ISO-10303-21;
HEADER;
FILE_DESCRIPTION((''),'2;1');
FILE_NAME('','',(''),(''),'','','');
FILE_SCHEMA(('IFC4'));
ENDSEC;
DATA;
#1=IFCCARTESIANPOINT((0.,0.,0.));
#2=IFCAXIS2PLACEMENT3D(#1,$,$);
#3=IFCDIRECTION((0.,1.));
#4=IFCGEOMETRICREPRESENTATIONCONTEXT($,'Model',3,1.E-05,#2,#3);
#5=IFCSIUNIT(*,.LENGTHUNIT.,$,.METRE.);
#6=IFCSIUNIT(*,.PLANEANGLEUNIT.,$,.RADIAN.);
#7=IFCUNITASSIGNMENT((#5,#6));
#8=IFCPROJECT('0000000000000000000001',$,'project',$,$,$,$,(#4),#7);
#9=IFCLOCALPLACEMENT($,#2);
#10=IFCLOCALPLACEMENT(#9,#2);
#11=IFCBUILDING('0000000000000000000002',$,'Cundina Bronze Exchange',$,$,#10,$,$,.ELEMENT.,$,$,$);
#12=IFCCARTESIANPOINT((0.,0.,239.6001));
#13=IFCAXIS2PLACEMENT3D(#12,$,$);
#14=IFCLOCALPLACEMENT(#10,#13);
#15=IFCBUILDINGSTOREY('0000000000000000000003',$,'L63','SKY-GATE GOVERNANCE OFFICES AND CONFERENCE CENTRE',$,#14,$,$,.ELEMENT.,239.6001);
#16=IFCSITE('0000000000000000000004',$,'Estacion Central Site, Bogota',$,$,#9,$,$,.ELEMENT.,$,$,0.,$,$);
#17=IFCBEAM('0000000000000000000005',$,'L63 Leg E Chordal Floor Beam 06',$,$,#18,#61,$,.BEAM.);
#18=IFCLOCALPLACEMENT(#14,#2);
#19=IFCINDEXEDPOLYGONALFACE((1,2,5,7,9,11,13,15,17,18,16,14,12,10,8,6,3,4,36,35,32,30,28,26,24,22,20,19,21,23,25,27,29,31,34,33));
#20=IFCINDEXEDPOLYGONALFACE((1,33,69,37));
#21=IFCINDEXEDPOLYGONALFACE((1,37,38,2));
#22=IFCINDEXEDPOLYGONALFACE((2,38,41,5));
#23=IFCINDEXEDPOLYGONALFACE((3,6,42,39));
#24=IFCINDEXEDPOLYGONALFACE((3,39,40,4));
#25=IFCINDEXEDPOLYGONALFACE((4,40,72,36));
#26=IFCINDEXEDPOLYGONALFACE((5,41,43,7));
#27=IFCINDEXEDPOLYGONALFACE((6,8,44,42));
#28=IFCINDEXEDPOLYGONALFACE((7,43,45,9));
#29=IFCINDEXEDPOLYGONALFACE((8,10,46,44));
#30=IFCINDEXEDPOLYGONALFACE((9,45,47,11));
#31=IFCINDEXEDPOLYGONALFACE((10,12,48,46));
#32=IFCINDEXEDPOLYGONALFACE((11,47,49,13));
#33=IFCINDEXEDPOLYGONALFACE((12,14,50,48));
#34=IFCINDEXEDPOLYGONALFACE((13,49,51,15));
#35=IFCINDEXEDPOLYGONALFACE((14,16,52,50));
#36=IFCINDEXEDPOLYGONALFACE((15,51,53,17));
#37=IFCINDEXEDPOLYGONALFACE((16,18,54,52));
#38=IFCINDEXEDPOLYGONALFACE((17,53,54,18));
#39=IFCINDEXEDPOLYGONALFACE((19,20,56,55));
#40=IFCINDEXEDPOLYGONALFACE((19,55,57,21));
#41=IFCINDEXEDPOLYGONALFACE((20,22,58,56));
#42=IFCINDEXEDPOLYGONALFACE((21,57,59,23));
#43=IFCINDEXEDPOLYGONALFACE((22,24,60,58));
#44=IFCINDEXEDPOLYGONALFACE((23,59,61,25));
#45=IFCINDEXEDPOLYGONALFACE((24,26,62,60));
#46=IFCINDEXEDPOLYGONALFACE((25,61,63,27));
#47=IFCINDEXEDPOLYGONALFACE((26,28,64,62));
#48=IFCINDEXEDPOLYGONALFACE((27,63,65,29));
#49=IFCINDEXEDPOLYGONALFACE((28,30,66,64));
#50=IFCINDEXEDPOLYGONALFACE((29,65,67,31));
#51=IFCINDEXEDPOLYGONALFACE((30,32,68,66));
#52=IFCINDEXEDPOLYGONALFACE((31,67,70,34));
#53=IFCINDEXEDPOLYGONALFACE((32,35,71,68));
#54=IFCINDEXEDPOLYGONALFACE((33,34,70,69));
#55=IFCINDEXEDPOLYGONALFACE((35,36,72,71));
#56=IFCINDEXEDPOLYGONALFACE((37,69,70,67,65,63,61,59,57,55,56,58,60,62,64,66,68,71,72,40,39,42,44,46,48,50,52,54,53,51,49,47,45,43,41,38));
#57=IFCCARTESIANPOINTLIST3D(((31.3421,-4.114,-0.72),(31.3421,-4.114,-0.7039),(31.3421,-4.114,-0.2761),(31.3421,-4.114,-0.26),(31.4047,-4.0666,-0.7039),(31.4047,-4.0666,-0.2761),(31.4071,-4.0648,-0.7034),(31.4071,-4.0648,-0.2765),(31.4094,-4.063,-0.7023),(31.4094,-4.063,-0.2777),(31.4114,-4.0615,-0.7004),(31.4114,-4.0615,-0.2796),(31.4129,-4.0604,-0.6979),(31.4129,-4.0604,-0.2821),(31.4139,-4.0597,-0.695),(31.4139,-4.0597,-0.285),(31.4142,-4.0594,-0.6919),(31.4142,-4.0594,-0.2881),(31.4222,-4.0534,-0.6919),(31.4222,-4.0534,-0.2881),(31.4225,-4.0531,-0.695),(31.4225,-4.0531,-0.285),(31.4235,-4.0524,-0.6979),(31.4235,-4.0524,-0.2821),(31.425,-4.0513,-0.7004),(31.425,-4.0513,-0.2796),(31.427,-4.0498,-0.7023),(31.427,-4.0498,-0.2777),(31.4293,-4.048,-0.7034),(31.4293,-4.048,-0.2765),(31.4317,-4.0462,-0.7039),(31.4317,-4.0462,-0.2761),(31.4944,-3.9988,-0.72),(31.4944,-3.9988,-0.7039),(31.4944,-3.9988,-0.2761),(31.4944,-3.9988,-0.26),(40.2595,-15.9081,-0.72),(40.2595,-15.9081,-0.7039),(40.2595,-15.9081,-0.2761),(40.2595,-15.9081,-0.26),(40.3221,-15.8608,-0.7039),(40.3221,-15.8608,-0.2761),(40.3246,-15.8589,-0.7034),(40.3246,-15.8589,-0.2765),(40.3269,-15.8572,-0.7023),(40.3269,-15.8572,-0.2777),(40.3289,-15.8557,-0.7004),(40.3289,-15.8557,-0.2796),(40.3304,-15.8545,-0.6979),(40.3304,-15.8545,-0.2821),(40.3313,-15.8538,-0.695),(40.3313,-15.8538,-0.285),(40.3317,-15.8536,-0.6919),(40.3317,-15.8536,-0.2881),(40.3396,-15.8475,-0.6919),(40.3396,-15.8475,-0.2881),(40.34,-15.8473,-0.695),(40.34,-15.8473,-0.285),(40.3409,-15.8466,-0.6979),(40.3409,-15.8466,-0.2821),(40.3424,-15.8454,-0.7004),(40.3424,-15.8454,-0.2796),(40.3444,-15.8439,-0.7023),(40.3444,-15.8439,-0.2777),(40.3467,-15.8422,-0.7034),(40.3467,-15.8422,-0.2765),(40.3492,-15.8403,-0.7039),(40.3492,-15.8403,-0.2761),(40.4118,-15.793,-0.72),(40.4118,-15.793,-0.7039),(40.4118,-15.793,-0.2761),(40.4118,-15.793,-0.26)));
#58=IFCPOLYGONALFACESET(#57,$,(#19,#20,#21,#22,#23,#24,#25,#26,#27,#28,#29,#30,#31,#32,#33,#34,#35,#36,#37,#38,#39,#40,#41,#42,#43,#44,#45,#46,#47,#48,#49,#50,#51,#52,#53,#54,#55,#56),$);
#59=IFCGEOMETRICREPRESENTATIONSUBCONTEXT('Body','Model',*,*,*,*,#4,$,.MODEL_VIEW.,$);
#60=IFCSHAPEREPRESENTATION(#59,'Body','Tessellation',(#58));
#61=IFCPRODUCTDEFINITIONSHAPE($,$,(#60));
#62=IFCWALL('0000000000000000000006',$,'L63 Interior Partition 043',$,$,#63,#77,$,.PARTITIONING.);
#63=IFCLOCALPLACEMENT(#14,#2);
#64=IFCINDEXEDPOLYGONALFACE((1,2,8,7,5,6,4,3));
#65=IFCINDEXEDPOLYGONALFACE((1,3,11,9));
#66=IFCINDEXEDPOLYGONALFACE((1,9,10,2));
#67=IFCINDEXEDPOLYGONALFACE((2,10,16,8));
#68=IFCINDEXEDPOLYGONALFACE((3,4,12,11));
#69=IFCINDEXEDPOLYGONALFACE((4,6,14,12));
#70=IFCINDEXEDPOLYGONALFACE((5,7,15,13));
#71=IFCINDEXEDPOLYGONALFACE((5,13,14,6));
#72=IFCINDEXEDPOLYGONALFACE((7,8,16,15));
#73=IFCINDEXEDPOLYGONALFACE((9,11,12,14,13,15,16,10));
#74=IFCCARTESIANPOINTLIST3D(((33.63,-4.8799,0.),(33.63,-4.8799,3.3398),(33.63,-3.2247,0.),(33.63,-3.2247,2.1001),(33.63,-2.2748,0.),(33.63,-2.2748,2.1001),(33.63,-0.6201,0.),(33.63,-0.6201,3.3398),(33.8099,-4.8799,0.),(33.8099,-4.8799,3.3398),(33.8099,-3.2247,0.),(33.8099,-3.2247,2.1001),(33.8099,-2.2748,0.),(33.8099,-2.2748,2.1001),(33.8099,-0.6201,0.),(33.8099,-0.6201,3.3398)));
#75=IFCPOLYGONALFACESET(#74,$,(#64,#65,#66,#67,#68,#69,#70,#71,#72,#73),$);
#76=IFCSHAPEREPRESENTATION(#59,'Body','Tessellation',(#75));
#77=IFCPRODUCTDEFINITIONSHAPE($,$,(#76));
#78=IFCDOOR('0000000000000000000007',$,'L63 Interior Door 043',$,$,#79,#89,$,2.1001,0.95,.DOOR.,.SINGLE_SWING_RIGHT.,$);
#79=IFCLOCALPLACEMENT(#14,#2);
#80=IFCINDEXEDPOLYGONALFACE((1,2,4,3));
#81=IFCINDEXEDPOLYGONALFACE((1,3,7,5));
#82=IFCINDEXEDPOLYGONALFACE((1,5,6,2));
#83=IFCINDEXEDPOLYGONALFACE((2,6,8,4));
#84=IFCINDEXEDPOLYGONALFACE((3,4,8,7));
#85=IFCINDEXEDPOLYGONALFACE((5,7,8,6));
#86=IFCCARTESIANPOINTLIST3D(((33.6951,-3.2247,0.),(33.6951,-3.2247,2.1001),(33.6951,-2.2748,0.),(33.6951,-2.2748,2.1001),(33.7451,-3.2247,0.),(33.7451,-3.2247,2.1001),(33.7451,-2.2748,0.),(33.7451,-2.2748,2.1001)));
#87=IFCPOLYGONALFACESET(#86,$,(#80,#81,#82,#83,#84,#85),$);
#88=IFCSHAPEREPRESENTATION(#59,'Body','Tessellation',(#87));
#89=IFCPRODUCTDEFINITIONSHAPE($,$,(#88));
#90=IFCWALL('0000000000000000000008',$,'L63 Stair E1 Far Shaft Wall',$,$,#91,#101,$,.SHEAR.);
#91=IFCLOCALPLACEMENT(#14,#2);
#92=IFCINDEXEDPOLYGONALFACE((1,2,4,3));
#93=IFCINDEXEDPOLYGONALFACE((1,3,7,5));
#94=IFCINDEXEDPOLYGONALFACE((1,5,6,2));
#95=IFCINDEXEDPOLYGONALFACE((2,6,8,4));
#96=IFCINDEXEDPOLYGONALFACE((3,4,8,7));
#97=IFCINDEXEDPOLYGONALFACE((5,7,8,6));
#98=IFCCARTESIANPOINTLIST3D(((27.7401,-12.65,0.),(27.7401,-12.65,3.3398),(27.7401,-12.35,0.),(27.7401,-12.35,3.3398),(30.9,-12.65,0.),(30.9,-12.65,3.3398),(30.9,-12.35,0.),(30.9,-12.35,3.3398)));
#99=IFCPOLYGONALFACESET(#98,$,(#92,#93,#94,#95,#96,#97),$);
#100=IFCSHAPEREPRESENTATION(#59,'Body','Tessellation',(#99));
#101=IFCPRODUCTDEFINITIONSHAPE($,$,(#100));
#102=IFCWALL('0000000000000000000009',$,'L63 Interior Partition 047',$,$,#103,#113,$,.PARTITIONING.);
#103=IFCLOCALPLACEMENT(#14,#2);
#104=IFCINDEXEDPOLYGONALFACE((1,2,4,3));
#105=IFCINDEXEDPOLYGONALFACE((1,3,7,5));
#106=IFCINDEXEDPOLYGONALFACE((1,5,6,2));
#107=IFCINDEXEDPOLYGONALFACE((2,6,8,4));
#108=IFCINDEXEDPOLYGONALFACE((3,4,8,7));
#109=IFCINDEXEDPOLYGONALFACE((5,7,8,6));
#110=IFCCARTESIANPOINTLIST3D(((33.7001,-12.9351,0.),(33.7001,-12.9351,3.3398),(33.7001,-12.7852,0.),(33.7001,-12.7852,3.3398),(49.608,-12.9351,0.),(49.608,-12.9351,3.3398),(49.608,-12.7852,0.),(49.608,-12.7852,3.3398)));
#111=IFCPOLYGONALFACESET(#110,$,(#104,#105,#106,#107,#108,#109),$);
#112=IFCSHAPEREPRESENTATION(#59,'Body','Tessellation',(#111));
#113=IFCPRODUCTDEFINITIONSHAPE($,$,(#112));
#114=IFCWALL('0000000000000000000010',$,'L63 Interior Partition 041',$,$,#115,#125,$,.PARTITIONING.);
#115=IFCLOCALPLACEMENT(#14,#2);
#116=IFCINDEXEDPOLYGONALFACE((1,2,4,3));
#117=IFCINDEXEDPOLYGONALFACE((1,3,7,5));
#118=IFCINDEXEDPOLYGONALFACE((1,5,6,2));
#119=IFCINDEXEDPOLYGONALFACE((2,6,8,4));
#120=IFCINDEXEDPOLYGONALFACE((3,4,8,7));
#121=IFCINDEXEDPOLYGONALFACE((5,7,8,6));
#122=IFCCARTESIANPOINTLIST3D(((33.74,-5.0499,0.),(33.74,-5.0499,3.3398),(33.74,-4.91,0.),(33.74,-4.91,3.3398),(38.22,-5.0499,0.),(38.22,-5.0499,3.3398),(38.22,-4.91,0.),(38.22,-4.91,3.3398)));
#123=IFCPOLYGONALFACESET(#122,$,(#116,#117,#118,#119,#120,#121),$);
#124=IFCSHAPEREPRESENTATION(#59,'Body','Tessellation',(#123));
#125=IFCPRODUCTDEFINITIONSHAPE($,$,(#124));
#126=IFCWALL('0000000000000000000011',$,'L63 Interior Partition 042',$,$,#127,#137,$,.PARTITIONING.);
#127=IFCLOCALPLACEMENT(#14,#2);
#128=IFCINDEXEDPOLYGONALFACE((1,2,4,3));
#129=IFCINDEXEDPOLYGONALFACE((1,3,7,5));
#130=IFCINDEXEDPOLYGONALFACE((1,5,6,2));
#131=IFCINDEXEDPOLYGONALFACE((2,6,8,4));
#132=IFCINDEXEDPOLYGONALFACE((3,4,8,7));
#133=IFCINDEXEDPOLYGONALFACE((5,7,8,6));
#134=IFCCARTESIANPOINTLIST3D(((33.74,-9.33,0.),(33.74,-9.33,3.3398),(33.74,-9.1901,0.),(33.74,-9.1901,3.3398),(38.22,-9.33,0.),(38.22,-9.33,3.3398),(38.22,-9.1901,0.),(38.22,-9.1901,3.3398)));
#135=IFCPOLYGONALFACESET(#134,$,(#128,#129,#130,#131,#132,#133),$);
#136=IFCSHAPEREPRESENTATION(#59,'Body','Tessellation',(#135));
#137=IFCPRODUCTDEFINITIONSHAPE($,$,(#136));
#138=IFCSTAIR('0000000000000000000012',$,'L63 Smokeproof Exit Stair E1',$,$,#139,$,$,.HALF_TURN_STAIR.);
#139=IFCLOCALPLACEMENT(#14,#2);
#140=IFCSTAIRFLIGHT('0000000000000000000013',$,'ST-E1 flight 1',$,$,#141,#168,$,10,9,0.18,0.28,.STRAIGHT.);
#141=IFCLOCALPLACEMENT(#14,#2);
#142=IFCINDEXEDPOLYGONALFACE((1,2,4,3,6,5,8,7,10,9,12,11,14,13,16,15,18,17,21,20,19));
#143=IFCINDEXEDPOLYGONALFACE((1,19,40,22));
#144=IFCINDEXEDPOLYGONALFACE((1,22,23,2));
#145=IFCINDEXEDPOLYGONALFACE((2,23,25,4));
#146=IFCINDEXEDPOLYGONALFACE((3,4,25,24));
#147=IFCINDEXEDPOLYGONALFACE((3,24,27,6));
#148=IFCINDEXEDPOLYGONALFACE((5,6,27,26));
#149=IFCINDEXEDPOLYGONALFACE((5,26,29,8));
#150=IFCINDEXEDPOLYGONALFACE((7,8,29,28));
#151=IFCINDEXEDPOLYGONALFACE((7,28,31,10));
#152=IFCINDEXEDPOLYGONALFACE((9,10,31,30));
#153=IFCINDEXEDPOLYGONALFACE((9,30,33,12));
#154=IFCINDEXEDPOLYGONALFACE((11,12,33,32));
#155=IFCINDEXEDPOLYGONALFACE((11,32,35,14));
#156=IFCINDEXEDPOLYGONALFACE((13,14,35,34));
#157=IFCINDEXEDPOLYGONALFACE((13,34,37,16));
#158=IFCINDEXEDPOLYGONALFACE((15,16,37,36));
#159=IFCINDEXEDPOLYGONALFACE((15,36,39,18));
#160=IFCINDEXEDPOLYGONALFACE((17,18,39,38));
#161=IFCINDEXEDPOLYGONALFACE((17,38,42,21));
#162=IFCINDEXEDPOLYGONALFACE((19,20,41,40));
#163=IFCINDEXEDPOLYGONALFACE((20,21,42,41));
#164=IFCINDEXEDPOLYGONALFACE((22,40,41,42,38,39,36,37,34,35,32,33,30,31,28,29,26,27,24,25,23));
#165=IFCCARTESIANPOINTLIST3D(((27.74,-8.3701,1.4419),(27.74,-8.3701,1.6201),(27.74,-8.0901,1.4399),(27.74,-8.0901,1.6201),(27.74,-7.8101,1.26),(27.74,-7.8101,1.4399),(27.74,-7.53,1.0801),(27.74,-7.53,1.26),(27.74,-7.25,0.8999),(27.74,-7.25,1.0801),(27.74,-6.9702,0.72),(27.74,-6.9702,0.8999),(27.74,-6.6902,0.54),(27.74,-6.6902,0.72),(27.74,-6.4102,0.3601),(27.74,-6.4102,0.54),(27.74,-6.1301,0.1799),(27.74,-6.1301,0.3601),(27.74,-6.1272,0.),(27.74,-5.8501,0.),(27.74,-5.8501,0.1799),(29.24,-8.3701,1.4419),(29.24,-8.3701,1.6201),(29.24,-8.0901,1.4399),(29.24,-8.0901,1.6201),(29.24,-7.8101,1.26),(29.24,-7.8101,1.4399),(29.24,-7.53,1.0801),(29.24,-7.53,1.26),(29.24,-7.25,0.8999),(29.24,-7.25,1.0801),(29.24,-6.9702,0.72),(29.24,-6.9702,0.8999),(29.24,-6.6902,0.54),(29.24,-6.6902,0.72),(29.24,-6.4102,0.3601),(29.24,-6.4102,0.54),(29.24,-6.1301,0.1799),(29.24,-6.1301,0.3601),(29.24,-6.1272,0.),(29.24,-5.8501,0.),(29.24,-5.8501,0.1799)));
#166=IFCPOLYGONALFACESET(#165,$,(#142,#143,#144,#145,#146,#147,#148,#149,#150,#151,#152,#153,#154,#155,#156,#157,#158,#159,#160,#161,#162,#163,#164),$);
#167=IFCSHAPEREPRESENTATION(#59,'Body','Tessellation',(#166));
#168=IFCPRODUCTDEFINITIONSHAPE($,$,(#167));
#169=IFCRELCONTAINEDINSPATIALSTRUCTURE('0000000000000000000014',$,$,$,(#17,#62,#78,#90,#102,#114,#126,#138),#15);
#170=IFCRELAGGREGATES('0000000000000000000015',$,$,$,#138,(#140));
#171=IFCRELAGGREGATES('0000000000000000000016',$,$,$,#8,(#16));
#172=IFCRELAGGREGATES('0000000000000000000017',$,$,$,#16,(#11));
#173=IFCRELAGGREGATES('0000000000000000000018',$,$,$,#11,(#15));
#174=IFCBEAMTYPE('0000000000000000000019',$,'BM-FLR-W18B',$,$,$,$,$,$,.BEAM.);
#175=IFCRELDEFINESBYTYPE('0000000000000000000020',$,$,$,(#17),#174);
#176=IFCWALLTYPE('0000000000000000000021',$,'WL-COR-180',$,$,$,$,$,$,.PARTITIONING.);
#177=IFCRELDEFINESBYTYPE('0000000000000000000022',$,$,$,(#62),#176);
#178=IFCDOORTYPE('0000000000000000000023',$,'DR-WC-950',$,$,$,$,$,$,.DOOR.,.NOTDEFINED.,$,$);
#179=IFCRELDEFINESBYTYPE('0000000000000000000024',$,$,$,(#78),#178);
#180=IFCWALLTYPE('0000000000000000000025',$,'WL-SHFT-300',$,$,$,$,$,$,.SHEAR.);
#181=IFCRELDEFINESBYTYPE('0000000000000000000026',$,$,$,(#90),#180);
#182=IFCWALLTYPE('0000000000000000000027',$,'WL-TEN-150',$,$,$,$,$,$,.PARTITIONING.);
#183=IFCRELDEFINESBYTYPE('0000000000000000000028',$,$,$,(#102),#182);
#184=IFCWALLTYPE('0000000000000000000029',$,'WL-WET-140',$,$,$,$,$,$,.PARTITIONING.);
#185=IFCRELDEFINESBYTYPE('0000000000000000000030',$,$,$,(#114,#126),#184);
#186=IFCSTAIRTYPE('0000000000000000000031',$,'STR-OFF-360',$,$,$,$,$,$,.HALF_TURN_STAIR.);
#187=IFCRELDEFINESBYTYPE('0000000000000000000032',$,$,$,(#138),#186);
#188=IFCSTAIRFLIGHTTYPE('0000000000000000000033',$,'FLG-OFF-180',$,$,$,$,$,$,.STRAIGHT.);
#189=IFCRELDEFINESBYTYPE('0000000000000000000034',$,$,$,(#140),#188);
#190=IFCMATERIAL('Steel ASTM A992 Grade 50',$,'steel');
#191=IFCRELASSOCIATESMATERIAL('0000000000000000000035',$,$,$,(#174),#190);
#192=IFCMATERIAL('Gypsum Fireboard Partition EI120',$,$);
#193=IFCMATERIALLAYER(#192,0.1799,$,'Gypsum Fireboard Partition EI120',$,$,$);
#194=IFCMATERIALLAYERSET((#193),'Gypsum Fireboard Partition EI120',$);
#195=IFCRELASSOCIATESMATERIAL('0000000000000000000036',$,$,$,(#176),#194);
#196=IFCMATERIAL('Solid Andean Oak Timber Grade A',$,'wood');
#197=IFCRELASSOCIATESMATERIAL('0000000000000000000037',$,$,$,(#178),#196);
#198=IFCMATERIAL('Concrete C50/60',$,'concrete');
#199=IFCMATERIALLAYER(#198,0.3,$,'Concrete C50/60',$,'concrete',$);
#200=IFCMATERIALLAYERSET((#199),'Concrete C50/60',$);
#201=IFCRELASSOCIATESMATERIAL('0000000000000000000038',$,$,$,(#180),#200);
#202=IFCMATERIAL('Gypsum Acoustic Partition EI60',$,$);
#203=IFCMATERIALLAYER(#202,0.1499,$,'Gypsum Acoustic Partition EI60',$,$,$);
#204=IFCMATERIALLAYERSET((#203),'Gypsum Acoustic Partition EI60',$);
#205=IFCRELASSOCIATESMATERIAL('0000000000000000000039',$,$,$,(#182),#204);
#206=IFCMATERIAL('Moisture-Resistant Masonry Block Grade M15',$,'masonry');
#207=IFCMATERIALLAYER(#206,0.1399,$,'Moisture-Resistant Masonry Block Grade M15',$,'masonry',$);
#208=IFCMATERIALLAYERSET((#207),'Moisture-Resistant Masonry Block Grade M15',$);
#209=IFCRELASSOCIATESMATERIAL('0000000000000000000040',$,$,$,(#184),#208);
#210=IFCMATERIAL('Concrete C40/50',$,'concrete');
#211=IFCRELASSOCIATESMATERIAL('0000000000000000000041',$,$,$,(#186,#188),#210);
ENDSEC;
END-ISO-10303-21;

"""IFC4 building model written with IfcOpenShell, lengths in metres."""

from ifc_helpers import new_model, si_unit, direction, frame, frame_2d, origin, origin_2d, place, context, subcontext, project, spatial, polyline, rectangle, i_section, outline, extrude, material, layer, layer_set, material_profile, profile_set, type_object, element, fill, aggregate, save


model = new_model("IFC4")

# Units and contexts
model_context = context("Model", 3, precision=1e-05, world=origin(), true_north=direction((0.0, 1.0)))
body_context = subcontext(model_context, "Body", "Model", "MODEL_VIEW")
ifc_project = project(units=[si_unit("LENGTHUNIT", "METRE"), si_unit("PLANEANGLEUNIT", "RADIAN")], contexts=[model_context])

# Site, building, storey
site_placement = place(None, origin())
site = spatial("IfcSite", under=ifc_project, at=site_placement, Name="Estacion Central Site, Bogota", CompositionType="ELEMENT", RefElevation=0.0)
building_placement = place(site_placement, origin())
building = spatial("IfcBuilding", under=site, at=building_placement, Name="Cundina Bronze Exchange", CompositionType="ELEMENT")
storey_placement = place(building_placement, frame((0.0, 0.0, 239.6001)))
storey = spatial("IfcBuildingStorey", under=building, at=storey_placement, Name="L63", Description="SKY-GATE GOVERNANCE OFFICES AND CONFERENCE CENTRE", CompositionType="ELEMENT", Elevation=239.6001)

# Beam
ifc_material_1 = material(Name="Steel ASTM A992 Grade 50", Category="steel")
ifc_material_profile = material_profile(ifc_material_1, i_section(OverallWidth=0.1909, OverallDepth=0.46, WebThickness=0.01, FlangeThickness=0.0161, FilletRadius=0.012, at=origin_2d()), Name="W18X55", Category="steel")
ifc_profile_set = profile_set([ifc_material_profile], Name="Steel ASTM A992 Grade 50")
beam_type = type_object("IfcBeamType", Name="BM-FLR-W18B", PredefinedType="BEAM", material=ifc_profile_set)
beam_placement = place(storey_placement, frame((31.4182, -4.0564, -0.49), z_axis=(0.603105, -0.797662, 0.0), x_axis=(0.797662, 0.603105, 0.0)))
element("IfcBeam", 1, at=beam_placement, inside=storey, type_object=beam_type, Name="L63 Leg E Chordal Floor Beam 06", PredefinedType="BEAM", context=body_context, shape_type="SweptSolid", body=[
    extrude(i_section(OverallWidth=0.1909, OverallDepth=0.46, WebThickness=0.01, FlangeThickness=0.0161, FilletRadius=0.012, at=origin_2d()), origin(), (0.0, 0.0, 1.0), 14.7859),
])

# Wall, opening, door
ifc_material_2 = material(Name="Gypsum Fireboard Partition EI120")
ifc_layer_1 = layer(ifc_material_2, 0.1799, Name="Gypsum Fireboard Partition EI120")
ifc_layer_set_1 = layer_set([ifc_layer_1], Name="Gypsum Fireboard Partition EI120")
wall_type_1 = type_object("IfcWallType", Name="WL-COR-180", PredefinedType="PARTITIONING", material=ifc_layer_set_1)
wall_1_placement = place(storey_placement, frame((33.72, -4.8799, 0.0), z_axis=(0.0, 0.0, 1.0), x_axis=(0.0, 1.0, 0.0)))
wall_1 = element("IfcWall", 2, at=wall_1_placement, inside=storey, type_object=wall_type_1, Name="L63 Interior Partition 043", PredefinedType="PARTITIONING", context=body_context, shape_type="SweptSolid", body=[
    extrude(rectangle(XDim=4.2598, YDim=0.1799, at=frame_2d((2.1299, 0.0))), origin(), (0.0, 0.0, 1.0), 3.3398),
])
opening_1_placement = place(wall_1_placement, frame((1.655, 0.0, 0.0)))
opening_1 = element("IfcOpeningElement", 3, at=opening_1_placement, cuts=wall_1, PredefinedType="OPENING", context=body_context, shape_type="SweptSolid", body=[
    extrude(rectangle(XDim=0.95, YDim=2.1001, at=frame_2d((0.4751, 1.05))), frame((0.0, 0.0999, 0.0), z_axis=(0.0, -1.0, 0.0), x_axis=(1.0, 0.0, 0.0)), (0.0, 0.0, 1.0), 0.2),
])
ifc_material_3 = material(Name="Solid Andean Oak Timber Grade A", Category="wood")
door_type_1 = type_object("IfcDoorType", Name="DR-WC-950", OperationType="NOTDEFINED", PredefinedType="DOOR", material=ifc_material_3)
door_1_placement = place(opening_1_placement, origin())
door_1 = element("IfcDoor", 4, at=door_1_placement, inside=storey, type_object=door_type_1, Name="L63 Interior Door 043", OperationType="SINGLE_SWING_RIGHT", OverallHeight=2.1001, OverallWidth=0.95, PredefinedType="DOOR", context=body_context, shape_type="SweptSolid", body=[
    extrude(rectangle(XDim=0.95, YDim=2.1001, at=frame_2d((0.4751, 1.05))), frame((0.0, 0.0249, 0.0), z_axis=(0.0, -1.0, 0.0), x_axis=(1.0, 0.0, 0.0)), (0.0, 0.0, 1.0), 0.05),
])
fill(opening_1, door_1)
ifc_material_4 = material(Name="Concrete C50/60", Category="concrete")
ifc_layer_2 = layer(ifc_material_4, 0.3, Name="Concrete C50/60", Category="concrete")
ifc_layer_set_2 = layer_set([ifc_layer_2], Name="Concrete C50/60")
wall_type_2 = type_object("IfcWallType", Name="WL-SHFT-300", PredefinedType="SHEAR", material=ifc_layer_set_2)

# Walls
wall_2_placement = place(storey_placement, frame((27.74, -12.5, 0.0), z_axis=(0.0, 0.0, 1.0), x_axis=(1.0, 0.0, 0.0)))
element("IfcWall", 5, at=wall_2_placement, inside=storey, type_object=wall_type_2, Name="L63 Stair E1 Far Shaft Wall", PredefinedType="SHEAR", context=body_context, shape_type="SweptSolid", body=[
    extrude(rectangle(XDim=3.1599, YDim=0.3, at=frame_2d((1.5801, 0.0))), origin(), (0.0, 0.0, 1.0), 3.3398),
])
ifc_material_5 = material(Name="Gypsum Acoustic Partition EI60")
ifc_layer_3 = layer(ifc_material_5, 0.1499, Name="Gypsum Acoustic Partition EI60")
ifc_layer_set_3 = layer_set([ifc_layer_3], Name="Gypsum Acoustic Partition EI60")
wall_type_3 = type_object("IfcWallType", Name="WL-TEN-150", PredefinedType="PARTITIONING", material=ifc_layer_set_3)
wall_3_placement = place(storey_placement, frame((33.7, -12.8601, 0.0), z_axis=(0.0, 0.0, 1.0), x_axis=(1.0, 0.0, 0.0)))
element("IfcWall", 6, at=wall_3_placement, inside=storey, type_object=wall_type_3, Name="L63 Interior Partition 047", PredefinedType="PARTITIONING", context=body_context, shape_type="SweptSolid", body=[
    extrude(rectangle(XDim=15.908, YDim=0.1499, at=frame_2d((7.9541, 0.0))), origin(), (0.0, 0.0, 1.0), 3.3398),
])
ifc_material_6 = material(Name="Moisture-Resistant Masonry Block Grade M15", Category="masonry")
ifc_layer_4 = layer(ifc_material_6, 0.1399, Name="Moisture-Resistant Masonry Block Grade M15", Category="masonry")
ifc_layer_set_4 = layer_set([ifc_layer_4], Name="Moisture-Resistant Masonry Block Grade M15")
wall_type_4 = type_object("IfcWallType", Name="WL-WET-140", PredefinedType="PARTITIONING", material=ifc_layer_set_4)
for number, where, z_axis, x_axis, name in (
    (7, (33.74, -4.98, 0.0), (0.0, 0.0, 1.0), (1.0, 0.0, 0.0), "L63 Interior Partition 041"),
    (8, (33.74, -9.26, 0.0), (0.0, 0.0, 1.0), (1.0, 0.0, 0.0), "L63 Interior Partition 042"),
):
    element("IfcWall", number, at=place(storey_placement, frame(where, z_axis=z_axis, x_axis=x_axis)), inside=storey, type_object=wall_type_4, Name=name, PredefinedType="PARTITIONING", context=body_context, shape_type="SweptSolid", body=[
        extrude(rectangle(XDim=4.48, YDim=0.1399, at=frame_2d((2.24, 0.0))), origin(), (0.0, 0.0, 1.0), 3.3398),
    ])

# Stair, stair flight
ifc_material_7 = material(Name="Concrete C40/50", Category="concrete")
stair_type = type_object("IfcStairType", Name="STR-OFF-360", PredefinedType="HALF_TURN_STAIR", material=ifc_material_7)
stair_placement = place(storey_placement, origin())
stair = element("IfcStair", 9, at=stair_placement, inside=storey, type_object=stair_type, Name="L63 Smokeproof Exit Stair E1", PredefinedType="HALF_TURN_STAIR")
stair_flight_type = type_object("IfcStairFlightType", Name="FLG-OFF-180", PredefinedType="STRAIGHT", material=ifc_material_7)
stair_flight_1_placement = place(storey_placement, frame((28.49, -5.8501, 0.0), z_axis=(0.0, 0.0, 1.0), x_axis=(0.0, -1.0, 0.0)))
stair_flight_1 = element("IfcStairFlight", 10, at=stair_flight_1_placement, type_object=stair_flight_type, Name="ST-E1 flight 1", NumberOfRisers=10, NumberOfTreads=9, PredefinedType="STRAIGHT", RiserHeight=0.18, TreadLength=0.28, context=body_context, shape_type="SweptSolid", body=[
    extrude(outline(polyline([(0.0, 0.0), (0.0, 0.1799), (0.28, 0.1799), (0.28, 0.3601), (0.5601, 0.3601), (0.5601, 0.54), (0.8401, 0.54), (0.8401, 0.72), (1.1201, 0.72), (1.1201, 0.8999), (1.3999, 0.8999), (1.3999, 1.0801), (1.6799, 1.0801), (1.6799, 1.26), (1.96, 1.26), (1.96, 1.4399), (2.24, 1.4399), (2.24, 1.6201), (2.52, 1.6201), (2.52, 1.8), (2.52, 1.4419), (0.2771, 0.0), (0.0, 0.0)])), frame((0.0, 0.75, 0.0), z_axis=(0.0, -1.0, 0.0), x_axis=(1.0, 0.0, 0.0)), (0.0, 0.0, 1.0), 1.5),
])
aggregate(stair, [stair_flight_1])

save(model, "model.ifc")
